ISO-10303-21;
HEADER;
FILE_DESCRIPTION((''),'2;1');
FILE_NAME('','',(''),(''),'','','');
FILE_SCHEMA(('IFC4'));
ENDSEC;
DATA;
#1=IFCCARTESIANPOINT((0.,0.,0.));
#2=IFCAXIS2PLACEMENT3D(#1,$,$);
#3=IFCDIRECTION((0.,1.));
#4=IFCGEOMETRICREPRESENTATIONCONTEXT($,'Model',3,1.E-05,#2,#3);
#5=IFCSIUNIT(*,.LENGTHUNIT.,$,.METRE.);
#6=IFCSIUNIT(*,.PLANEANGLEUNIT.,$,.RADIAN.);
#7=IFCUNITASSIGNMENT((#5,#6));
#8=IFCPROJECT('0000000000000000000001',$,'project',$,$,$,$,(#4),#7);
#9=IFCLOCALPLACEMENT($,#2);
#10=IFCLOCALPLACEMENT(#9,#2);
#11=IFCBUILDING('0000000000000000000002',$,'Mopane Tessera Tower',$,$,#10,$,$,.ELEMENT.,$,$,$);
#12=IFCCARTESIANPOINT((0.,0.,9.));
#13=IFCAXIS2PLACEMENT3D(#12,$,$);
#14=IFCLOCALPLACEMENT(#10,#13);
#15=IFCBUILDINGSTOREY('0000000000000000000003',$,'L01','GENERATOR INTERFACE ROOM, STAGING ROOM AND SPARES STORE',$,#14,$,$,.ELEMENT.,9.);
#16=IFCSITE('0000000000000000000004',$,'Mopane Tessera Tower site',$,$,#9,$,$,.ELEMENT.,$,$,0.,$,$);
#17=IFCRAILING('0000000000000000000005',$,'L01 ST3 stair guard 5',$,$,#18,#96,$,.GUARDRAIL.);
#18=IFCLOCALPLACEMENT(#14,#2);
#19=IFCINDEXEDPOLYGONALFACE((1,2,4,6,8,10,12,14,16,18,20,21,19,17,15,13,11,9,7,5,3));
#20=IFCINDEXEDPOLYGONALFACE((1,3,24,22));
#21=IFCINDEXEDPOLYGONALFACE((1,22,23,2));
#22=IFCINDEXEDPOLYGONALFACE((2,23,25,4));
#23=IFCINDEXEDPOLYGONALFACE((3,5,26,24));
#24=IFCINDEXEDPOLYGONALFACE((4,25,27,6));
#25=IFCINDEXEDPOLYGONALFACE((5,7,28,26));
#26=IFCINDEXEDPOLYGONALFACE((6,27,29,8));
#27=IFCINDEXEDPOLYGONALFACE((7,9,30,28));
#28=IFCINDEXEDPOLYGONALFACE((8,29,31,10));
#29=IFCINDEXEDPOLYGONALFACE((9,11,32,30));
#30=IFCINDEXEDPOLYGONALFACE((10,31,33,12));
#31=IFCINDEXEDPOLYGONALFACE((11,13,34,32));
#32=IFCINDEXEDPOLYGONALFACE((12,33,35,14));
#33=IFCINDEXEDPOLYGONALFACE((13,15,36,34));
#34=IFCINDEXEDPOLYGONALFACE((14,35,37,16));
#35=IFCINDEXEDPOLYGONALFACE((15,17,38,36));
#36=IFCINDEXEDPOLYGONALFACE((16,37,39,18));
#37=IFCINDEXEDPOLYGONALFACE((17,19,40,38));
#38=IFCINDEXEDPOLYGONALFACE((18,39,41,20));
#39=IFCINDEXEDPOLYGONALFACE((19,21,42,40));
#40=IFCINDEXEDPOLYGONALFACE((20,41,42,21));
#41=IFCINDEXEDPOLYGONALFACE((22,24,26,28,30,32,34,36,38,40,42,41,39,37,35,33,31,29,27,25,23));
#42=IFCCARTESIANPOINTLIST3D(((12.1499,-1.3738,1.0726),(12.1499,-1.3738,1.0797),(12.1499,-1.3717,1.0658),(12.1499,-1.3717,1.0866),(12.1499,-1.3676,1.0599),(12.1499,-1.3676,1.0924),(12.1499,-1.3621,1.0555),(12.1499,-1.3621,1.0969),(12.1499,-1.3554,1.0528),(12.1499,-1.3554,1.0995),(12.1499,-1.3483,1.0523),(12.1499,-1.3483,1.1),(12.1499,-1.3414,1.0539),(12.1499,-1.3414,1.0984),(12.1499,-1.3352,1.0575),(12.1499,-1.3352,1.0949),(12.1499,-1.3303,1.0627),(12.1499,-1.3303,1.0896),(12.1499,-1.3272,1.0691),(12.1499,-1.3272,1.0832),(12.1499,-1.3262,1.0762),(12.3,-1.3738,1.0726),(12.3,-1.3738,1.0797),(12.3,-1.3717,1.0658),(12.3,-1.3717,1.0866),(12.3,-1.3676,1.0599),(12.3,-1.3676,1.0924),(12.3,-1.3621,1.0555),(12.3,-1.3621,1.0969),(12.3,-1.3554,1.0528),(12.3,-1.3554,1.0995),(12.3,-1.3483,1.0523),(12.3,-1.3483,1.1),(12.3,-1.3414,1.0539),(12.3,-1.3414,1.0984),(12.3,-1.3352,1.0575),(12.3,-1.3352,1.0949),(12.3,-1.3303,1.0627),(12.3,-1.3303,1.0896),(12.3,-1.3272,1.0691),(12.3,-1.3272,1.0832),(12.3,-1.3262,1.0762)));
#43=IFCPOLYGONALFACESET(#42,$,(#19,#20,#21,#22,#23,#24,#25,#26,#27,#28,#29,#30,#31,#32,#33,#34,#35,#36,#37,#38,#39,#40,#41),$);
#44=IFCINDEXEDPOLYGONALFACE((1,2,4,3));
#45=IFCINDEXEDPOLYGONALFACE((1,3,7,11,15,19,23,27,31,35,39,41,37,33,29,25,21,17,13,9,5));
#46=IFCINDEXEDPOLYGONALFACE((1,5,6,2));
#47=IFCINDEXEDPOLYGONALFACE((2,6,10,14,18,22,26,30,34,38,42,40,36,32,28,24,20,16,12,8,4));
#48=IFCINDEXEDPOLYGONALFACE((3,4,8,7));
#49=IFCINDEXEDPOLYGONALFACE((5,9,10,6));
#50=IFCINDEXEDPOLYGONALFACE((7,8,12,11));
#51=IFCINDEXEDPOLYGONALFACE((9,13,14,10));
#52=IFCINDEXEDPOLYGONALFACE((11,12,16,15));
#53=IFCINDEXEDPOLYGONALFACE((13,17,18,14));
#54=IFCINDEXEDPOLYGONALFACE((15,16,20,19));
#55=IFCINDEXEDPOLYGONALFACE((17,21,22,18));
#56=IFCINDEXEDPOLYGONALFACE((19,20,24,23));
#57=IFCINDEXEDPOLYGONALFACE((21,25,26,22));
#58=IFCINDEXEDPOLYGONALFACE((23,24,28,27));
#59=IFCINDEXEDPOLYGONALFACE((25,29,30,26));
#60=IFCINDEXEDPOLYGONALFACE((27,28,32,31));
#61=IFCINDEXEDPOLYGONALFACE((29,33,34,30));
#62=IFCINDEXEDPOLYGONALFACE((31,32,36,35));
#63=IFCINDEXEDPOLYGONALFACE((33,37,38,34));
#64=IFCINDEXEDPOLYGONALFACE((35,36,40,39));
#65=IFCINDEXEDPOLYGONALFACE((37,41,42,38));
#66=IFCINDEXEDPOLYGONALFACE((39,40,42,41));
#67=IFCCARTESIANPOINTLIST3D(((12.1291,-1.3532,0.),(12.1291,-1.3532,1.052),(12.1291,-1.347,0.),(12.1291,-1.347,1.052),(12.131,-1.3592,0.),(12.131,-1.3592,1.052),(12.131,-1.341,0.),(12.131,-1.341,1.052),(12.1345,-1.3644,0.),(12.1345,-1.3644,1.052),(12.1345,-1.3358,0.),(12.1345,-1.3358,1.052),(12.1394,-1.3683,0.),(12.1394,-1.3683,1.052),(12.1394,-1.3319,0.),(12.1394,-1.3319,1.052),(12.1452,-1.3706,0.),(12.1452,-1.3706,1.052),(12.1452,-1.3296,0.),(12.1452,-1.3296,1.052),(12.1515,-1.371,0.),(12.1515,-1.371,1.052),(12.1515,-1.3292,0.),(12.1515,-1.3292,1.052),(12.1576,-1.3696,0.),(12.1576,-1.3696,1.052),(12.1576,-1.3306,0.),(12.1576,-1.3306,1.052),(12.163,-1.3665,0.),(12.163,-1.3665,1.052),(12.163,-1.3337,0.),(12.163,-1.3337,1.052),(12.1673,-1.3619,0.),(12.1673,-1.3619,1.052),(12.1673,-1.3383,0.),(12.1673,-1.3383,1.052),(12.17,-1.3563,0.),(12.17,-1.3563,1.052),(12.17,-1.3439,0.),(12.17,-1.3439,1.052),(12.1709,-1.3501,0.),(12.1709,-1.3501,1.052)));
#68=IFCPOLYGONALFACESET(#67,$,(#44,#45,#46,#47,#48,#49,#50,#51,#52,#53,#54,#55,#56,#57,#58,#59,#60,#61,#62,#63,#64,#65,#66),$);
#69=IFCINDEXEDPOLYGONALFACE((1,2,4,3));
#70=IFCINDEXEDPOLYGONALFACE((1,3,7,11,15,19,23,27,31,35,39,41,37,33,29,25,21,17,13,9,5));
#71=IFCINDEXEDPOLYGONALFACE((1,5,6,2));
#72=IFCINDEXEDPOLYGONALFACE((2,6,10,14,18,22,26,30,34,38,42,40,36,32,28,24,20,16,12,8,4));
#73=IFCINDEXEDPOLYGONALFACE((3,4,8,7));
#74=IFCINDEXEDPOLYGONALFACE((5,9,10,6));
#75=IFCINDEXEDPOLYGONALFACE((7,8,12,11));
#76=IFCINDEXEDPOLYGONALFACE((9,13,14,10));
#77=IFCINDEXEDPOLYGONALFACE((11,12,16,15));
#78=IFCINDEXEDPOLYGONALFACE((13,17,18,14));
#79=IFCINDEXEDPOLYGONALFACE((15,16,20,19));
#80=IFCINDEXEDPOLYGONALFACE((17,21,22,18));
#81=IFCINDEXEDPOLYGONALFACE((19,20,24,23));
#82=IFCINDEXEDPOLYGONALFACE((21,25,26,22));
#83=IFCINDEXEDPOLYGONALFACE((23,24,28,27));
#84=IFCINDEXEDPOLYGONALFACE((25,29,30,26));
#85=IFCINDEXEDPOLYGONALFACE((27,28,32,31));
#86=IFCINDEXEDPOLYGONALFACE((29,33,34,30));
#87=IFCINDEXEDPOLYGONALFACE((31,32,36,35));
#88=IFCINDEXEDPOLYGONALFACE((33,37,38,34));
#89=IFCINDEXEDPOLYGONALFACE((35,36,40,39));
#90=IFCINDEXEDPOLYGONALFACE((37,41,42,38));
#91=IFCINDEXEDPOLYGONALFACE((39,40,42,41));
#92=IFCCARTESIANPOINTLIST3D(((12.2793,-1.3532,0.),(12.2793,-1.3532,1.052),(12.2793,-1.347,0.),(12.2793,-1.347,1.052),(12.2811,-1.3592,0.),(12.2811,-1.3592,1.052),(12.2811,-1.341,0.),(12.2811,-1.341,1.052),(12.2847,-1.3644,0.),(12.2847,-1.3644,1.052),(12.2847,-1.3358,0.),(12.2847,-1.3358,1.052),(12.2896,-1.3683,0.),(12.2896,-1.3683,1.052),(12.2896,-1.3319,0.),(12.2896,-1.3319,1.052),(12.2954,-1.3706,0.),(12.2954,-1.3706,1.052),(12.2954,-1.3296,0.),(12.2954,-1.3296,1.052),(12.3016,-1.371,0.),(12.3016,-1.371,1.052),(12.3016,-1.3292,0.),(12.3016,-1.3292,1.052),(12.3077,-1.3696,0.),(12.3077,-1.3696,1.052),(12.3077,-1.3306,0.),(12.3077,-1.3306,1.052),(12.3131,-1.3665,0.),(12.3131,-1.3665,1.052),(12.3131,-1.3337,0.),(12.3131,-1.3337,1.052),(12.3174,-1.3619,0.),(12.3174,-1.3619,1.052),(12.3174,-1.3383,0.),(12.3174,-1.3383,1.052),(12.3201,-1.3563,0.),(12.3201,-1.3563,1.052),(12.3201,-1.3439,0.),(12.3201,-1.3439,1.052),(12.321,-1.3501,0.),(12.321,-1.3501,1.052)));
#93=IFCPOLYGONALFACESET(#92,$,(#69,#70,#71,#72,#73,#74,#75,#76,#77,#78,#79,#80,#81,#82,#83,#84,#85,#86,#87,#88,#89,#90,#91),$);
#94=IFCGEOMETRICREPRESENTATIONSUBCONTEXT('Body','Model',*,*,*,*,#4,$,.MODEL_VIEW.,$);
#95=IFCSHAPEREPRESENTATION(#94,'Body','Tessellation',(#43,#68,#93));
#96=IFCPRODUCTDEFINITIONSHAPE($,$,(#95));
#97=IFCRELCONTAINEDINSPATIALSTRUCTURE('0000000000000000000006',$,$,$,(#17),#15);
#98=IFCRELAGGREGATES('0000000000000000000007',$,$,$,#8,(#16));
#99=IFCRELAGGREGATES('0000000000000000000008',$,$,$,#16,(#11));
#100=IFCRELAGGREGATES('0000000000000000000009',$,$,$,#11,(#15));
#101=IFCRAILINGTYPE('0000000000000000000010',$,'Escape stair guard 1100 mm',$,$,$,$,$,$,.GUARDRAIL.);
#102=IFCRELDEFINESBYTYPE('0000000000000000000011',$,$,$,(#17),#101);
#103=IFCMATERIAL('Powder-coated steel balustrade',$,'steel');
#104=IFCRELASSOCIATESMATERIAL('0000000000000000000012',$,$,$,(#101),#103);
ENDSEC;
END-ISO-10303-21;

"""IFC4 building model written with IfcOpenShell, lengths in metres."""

from ifc_helpers import new_model, si_unit, direction, frame, origin, origin_2d, place, context, subcontext, project, spatial, circle, extrude, material, type_object, element, save


model = new_model("IFC4")

# Units and contexts
model_context = context("Model", 3, precision=1e-05, world=origin(), true_north=direction((0.0, 1.0)))
body_context = subcontext(model_context, "Body", "Model", "MODEL_VIEW")
ifc_project = project(units=[si_unit("LENGTHUNIT", "METRE"), si_unit("PLANEANGLEUNIT", "RADIAN")], contexts=[model_context])

# Site, building, storey
site_placement = place(None, origin())
site = spatial("IfcSite", under=ifc_project, at=site_placement, Name="Mopane Tessera Tower site", CompositionType="ELEMENT", RefElevation=0.0)
building_placement = place(site_placement, origin())
building = spatial("IfcBuilding", under=site, at=building_placement, Name="Mopane Tessera Tower", CompositionType="ELEMENT")
storey_placement = place(building_placement, frame((0.0, 0.0, 9.0)))
storey = spatial("IfcBuildingStorey", under=building, at=storey_placement, Name="L01", Description="GENERATOR INTERFACE ROOM, STAGING ROOM AND SPARES STORE", CompositionType="ELEMENT", Elevation=9.0)

# Railing
ifc_material_1 = material(Name="Powder-coated steel balustrade", Category="steel")
railing_type_1 = type_object("IfcRailingType", Name="Escape stair guard 1100 mm", PredefinedType="GUARDRAIL", material=ifc_material_1)
railing_1_placement = place(storey_placement, frame((12.1499, -1.3501, 0.0)))
element("IfcRailing", 1, at=railing_1_placement, inside=storey, type_object=railing_type_1, Name="L01 ST3 stair guard 5", PredefinedType="GUARDRAIL", context=body_context, shape_type="SweptSolid", body=[
    extrude(circle(Radius=0.0239, at=origin_2d()), frame((0.0, 0.0, 1.0762), z_axis=(1.0, 0.0, 0.0), x_axis=(0.0, 1.0, 0.0)), (0.0, 0.0, 1.0), 0.1501),
    extrude(circle(Radius=0.021, at=origin_2d()), origin(), (0.0, 0.0, 1.0), 1.052),
    extrude(circle(Radius=0.021, at=origin_2d()), frame((0.1501, 0.0, 0.0)), (0.0, 0.0, 1.0), 1.052),
])

save(model, "model.ifc")
